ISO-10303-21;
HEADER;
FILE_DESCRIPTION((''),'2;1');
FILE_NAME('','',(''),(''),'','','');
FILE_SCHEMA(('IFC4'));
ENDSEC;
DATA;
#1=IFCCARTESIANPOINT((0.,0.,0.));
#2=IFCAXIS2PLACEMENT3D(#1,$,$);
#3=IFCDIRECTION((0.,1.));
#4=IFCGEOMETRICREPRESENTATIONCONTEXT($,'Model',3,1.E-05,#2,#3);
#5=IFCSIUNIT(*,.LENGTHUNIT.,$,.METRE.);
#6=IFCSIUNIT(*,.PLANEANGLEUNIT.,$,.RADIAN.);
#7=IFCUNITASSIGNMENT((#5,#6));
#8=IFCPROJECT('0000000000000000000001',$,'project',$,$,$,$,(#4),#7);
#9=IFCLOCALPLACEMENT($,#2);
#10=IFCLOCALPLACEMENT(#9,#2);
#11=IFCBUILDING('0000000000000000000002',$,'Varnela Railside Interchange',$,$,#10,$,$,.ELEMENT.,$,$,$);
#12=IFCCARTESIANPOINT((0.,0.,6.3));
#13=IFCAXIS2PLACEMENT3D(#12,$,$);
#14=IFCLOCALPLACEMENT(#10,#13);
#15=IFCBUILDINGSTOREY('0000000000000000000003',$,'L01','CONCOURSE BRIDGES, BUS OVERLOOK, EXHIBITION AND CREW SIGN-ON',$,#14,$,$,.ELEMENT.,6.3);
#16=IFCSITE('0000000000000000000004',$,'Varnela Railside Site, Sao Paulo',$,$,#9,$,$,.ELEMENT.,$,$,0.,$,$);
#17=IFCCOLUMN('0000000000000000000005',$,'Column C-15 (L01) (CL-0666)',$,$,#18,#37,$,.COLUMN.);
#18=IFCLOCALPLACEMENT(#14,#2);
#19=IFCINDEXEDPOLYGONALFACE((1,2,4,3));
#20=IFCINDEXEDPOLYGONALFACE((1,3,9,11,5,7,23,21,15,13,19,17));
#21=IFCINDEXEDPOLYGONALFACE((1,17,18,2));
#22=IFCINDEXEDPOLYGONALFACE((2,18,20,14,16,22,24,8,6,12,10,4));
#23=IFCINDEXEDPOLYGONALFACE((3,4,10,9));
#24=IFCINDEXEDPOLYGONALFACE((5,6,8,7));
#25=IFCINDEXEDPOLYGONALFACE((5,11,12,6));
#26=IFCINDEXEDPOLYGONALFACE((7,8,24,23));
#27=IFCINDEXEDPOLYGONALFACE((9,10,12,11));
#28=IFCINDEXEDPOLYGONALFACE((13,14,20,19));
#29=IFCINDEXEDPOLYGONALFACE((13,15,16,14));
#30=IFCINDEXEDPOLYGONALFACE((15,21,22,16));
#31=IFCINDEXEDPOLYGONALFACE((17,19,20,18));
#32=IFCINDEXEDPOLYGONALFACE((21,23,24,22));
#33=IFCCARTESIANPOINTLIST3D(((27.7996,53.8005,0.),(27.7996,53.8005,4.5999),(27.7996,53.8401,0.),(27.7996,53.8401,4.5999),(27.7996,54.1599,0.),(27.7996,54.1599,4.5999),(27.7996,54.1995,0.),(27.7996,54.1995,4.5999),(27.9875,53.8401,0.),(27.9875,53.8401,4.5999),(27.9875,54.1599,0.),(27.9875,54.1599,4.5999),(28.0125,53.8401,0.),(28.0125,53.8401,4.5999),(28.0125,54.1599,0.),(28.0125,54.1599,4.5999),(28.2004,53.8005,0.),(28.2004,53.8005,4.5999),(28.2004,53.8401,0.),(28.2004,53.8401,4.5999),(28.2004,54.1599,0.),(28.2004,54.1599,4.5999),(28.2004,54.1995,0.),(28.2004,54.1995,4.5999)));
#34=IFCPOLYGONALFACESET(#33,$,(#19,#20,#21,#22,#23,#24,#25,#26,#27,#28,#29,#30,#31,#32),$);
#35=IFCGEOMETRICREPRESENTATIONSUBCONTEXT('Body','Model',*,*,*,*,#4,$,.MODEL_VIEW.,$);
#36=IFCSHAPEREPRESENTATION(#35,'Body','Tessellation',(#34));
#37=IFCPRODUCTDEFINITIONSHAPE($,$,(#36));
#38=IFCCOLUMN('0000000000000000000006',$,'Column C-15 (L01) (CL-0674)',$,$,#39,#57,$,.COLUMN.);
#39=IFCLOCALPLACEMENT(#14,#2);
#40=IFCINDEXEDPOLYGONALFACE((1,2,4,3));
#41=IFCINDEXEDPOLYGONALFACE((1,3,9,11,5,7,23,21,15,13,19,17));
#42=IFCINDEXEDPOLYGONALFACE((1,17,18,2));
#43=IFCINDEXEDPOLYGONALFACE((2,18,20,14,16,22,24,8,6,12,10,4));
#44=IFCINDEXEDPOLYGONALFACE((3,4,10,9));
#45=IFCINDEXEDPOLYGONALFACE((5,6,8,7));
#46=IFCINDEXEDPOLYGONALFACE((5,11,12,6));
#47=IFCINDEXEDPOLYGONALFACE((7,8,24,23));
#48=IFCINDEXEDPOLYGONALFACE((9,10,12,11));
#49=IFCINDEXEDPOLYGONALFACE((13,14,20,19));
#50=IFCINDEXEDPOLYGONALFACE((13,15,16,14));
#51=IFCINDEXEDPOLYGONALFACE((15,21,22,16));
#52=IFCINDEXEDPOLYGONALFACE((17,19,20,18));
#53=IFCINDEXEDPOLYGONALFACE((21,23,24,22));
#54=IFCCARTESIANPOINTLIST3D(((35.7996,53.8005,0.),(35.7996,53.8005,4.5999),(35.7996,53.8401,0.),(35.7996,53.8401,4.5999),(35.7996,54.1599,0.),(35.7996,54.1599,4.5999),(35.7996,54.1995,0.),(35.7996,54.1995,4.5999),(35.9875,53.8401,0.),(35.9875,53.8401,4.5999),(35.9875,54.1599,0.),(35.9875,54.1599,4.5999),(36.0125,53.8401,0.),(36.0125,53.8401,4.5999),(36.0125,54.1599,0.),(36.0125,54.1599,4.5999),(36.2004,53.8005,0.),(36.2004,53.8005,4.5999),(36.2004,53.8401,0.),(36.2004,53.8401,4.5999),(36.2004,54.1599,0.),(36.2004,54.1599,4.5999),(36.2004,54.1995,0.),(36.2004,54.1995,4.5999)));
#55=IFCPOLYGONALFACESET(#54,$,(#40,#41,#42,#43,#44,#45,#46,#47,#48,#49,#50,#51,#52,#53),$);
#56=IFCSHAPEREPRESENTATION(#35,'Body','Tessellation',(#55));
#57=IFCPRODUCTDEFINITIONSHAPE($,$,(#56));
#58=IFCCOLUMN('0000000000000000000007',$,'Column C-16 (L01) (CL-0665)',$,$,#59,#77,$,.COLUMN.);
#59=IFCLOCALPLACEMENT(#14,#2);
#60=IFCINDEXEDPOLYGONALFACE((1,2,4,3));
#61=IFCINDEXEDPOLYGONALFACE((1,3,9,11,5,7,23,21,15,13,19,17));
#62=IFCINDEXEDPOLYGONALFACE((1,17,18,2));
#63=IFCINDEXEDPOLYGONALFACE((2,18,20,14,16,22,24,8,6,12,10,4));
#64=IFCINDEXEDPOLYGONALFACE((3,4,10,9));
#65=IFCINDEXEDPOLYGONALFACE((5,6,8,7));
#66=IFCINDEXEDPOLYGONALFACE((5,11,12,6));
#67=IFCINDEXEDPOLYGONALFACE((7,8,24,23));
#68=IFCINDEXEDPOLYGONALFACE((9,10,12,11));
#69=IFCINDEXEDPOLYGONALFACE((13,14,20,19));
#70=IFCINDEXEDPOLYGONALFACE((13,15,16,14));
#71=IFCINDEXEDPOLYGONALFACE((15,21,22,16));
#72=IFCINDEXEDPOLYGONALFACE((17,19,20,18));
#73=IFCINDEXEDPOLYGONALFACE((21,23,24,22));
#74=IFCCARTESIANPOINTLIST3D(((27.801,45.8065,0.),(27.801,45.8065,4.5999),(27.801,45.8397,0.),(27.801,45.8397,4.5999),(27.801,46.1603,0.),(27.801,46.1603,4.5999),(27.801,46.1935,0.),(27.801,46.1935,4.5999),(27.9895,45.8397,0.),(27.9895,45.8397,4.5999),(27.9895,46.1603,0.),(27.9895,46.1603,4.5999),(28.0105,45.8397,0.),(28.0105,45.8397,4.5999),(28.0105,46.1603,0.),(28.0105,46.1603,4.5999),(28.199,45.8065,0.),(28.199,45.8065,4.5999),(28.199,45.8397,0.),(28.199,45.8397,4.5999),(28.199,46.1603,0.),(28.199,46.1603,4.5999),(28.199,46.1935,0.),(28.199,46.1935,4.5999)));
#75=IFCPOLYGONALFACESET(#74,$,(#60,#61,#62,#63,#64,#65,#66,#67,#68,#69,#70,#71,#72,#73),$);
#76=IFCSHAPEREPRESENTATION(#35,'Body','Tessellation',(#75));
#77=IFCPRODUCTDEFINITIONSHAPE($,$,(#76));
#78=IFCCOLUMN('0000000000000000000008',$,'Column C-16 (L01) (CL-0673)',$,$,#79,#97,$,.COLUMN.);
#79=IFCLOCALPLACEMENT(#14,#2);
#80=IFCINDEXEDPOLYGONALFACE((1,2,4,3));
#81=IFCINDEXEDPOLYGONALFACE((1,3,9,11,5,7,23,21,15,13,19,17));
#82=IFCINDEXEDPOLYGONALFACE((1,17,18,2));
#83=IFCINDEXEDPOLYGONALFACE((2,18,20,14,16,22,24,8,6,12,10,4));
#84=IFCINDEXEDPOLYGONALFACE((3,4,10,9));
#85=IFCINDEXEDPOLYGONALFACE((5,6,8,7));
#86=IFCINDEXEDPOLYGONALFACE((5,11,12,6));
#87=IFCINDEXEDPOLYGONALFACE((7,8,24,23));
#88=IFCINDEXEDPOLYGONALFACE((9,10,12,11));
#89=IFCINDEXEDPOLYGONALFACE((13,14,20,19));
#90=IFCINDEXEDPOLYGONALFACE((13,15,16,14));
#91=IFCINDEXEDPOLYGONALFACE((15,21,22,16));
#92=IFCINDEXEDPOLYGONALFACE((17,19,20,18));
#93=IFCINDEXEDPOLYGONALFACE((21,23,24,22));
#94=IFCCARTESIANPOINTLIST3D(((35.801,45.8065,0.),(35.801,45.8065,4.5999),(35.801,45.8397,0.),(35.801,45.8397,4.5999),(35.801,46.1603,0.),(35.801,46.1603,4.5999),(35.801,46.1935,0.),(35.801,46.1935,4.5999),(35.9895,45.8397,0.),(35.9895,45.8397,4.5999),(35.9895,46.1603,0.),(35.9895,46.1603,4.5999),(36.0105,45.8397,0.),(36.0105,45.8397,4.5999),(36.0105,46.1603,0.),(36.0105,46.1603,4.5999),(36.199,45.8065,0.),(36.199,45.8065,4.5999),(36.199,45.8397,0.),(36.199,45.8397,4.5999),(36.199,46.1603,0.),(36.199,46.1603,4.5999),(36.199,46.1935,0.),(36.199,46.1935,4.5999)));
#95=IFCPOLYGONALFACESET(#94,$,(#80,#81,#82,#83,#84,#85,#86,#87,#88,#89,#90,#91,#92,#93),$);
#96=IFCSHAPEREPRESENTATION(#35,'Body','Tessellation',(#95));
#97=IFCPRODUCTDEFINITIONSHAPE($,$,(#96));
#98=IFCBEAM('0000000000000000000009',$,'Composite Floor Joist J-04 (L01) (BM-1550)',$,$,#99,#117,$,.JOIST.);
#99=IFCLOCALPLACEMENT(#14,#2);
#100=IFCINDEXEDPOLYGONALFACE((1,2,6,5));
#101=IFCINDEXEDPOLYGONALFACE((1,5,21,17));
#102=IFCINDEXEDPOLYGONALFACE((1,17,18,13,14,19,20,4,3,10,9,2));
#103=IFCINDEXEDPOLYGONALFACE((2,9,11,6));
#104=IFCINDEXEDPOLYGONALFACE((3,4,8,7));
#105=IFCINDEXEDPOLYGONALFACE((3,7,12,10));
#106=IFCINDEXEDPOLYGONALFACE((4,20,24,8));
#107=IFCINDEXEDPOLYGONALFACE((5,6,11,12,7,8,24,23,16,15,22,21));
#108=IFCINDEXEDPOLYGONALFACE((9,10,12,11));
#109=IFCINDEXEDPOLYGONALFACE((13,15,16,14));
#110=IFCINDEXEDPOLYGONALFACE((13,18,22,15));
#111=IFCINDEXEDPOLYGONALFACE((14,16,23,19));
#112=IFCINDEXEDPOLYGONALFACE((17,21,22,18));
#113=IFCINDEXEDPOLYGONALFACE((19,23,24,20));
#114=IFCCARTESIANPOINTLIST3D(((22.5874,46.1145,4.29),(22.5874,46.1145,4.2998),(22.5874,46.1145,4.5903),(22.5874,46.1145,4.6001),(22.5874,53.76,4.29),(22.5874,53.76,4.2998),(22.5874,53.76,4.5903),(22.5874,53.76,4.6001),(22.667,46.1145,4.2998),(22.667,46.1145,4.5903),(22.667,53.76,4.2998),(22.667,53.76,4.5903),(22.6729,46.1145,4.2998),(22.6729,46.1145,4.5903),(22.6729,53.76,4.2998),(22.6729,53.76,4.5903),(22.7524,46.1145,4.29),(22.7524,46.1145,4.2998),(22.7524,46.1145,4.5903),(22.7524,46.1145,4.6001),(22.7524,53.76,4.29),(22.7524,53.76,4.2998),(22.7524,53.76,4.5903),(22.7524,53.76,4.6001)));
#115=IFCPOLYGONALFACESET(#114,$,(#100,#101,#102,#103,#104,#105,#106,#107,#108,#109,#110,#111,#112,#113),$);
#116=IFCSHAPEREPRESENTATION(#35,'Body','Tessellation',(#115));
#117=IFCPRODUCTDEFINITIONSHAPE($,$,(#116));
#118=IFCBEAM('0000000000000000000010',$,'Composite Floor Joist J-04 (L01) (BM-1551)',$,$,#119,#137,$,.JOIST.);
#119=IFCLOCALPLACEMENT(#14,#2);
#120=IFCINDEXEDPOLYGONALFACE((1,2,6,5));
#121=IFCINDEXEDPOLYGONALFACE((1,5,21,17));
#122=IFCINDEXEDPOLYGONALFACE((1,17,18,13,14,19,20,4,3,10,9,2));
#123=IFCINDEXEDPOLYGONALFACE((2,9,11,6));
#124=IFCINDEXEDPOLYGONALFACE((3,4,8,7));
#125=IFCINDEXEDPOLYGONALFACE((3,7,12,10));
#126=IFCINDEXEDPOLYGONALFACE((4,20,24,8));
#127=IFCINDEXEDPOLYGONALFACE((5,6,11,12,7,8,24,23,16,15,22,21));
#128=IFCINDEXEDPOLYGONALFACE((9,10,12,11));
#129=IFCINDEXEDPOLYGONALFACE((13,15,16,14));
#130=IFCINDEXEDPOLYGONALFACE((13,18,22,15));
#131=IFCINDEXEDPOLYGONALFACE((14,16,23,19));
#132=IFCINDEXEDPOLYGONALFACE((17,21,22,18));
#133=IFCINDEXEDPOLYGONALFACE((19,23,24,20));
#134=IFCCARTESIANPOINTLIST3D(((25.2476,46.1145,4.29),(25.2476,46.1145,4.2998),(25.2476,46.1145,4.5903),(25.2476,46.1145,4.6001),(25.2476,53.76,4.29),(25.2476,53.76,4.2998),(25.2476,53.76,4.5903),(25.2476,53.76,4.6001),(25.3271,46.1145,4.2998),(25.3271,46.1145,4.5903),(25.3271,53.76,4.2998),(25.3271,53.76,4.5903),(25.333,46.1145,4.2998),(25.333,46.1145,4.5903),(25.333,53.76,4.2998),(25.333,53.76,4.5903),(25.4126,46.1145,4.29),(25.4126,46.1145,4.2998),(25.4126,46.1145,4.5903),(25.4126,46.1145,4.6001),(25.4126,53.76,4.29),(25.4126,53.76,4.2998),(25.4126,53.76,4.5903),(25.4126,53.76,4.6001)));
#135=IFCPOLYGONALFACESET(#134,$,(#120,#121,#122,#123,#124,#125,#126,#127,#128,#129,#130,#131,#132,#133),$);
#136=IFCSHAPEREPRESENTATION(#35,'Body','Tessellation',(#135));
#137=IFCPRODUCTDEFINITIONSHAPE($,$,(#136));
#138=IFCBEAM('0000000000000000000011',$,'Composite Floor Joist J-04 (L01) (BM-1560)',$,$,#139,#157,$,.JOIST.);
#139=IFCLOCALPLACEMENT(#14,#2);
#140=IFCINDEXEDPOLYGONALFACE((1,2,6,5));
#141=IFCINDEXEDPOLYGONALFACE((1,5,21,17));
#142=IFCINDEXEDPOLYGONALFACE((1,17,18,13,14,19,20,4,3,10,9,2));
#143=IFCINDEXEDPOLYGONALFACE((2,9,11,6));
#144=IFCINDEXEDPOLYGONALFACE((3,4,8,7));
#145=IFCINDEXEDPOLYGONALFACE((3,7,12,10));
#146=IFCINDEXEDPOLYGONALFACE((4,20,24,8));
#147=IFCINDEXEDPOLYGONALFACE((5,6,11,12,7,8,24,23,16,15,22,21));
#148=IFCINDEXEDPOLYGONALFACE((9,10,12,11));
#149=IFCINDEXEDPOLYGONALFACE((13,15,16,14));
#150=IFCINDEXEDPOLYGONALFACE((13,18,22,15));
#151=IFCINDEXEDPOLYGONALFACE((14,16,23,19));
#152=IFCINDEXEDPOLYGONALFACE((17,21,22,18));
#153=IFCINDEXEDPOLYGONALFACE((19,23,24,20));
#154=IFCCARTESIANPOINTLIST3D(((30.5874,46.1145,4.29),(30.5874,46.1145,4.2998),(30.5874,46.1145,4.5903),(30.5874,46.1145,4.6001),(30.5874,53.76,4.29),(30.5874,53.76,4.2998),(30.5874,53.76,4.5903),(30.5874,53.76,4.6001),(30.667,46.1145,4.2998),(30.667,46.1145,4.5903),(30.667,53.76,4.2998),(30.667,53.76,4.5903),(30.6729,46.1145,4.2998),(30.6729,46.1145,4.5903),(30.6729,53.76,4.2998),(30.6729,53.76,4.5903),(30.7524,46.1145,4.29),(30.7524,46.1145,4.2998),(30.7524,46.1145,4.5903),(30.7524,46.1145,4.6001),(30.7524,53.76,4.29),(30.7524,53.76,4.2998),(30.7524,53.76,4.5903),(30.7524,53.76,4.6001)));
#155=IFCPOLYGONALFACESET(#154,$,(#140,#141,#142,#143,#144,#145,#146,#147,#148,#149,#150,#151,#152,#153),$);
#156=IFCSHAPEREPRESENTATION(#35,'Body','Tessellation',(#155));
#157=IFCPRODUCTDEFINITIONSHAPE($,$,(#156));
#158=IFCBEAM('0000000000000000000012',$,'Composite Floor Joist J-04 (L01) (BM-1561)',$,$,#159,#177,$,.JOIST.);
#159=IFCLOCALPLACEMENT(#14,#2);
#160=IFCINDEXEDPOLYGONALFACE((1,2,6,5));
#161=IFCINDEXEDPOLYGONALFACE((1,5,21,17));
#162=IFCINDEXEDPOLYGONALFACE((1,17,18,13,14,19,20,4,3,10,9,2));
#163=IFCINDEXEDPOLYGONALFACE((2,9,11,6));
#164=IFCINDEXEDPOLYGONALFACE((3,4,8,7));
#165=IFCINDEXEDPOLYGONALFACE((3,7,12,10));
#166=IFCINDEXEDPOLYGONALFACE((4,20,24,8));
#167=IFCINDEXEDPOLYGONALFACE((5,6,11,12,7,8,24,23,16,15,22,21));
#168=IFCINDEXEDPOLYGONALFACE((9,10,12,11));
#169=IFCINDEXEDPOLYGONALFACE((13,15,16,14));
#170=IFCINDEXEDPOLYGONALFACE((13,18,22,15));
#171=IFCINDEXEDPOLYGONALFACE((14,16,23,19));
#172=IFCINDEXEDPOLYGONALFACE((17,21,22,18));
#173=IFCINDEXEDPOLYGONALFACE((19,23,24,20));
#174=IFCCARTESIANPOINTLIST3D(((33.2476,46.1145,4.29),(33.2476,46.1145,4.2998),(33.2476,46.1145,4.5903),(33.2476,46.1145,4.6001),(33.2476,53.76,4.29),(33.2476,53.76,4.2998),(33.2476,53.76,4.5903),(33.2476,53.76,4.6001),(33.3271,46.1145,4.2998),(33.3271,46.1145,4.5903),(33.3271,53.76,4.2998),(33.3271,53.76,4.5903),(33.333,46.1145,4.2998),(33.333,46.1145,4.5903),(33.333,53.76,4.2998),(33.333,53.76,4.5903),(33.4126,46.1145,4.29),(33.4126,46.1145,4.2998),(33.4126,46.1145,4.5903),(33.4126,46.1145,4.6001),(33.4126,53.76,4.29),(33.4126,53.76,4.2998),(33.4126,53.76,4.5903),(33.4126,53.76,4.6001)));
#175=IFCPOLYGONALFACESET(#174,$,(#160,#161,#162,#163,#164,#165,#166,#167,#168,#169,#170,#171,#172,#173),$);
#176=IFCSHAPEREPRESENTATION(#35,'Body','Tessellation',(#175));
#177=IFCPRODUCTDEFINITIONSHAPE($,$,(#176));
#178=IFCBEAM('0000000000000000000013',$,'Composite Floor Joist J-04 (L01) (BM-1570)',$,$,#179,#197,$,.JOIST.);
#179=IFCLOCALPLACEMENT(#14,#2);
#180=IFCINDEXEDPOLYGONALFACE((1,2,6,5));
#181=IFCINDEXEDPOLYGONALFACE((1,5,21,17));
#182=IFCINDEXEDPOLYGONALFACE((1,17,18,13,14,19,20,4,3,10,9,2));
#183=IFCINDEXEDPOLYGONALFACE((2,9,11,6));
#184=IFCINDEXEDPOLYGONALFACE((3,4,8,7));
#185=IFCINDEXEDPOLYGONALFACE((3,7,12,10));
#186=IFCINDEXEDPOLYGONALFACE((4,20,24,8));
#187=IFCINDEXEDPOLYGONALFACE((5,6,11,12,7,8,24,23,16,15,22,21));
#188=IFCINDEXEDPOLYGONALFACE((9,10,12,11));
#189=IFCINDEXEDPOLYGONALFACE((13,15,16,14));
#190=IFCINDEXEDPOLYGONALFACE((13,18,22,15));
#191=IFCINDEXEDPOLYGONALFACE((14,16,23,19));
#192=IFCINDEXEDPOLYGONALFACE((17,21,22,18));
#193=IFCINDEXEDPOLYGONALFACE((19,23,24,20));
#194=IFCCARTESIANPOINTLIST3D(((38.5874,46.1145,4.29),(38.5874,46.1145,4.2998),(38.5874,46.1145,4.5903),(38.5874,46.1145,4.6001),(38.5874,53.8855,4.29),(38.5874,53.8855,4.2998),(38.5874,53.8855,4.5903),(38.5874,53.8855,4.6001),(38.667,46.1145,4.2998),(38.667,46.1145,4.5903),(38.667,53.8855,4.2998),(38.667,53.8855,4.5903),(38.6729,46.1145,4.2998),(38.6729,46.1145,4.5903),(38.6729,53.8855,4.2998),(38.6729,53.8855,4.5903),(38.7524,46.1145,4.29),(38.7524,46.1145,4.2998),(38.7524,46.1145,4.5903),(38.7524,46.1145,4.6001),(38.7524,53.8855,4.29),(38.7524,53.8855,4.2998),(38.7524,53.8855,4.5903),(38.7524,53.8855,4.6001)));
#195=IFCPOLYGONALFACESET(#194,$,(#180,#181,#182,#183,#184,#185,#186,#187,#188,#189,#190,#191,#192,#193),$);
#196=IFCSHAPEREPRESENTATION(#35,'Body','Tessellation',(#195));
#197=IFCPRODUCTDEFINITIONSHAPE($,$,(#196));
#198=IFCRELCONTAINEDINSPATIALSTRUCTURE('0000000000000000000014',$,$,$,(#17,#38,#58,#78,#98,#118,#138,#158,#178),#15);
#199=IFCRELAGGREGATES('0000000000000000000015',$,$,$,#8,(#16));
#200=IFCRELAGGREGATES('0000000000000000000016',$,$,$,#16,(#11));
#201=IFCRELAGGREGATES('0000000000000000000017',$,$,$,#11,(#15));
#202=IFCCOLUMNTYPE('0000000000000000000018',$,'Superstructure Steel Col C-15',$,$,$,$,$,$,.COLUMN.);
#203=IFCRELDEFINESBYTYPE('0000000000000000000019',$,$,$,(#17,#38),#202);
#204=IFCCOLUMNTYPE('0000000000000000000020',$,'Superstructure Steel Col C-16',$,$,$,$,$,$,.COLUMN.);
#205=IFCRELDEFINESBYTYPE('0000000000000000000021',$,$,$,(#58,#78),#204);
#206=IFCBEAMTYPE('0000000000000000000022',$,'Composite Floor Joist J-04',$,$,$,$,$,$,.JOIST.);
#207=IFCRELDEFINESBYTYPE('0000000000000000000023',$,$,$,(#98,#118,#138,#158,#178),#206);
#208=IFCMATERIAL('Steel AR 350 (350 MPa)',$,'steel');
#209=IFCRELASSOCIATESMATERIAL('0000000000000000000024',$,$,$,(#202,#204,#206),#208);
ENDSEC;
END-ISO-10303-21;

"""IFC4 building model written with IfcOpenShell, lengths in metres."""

from ifc_helpers import new_model, si_unit, direction, frame, origin, origin_2d, place, context, subcontext, project, spatial, i_section, extrude, material, material_profile, profile_set, type_object, element, save


model = new_model("IFC4")

# Units and contexts
model_context = context("Model", 3, precision=1e-05, world=origin(), true_north=direction((0.0, 1.0)))
body_context = subcontext(model_context, "Body", "Model", "MODEL_VIEW")
ifc_project = project(units=[si_unit("LENGTHUNIT", "METRE"), si_unit("PLANEANGLEUNIT", "RADIAN")], contexts=[model_context])

# Site, building, storey
site_placement = place(None, origin())
site = spatial("IfcSite", under=ifc_project, at=site_placement, Name="Varnela Railside Site, Sao Paulo", CompositionType="ELEMENT", RefElevation=0.0)
building_placement = place(site_placement, origin())
building = spatial("IfcBuilding", under=site, at=building_placement, Name="Varnela Railside Interchange", CompositionType="ELEMENT")
storey_placement = place(building_placement, frame((0.0, 0.0, 6.3)))
storey = spatial("IfcBuildingStorey", under=building, at=storey_placement, Name="L01", Description="CONCOURSE BRIDGES, BUS OVERLOOK, EXHIBITION AND CREW SIGN-ON", CompositionType="ELEMENT", Elevation=6.3)

# Columns
ifc_material_1 = material(Name="Steel AR 350 (350 MPa)", Category="steel")
ifc_material_profile_1 = material_profile(ifc_material_1, i_section(OverallWidth=0.4009, OverallDepth=0.3989, WebThickness=0.0249, FlangeThickness=0.0396, at=origin_2d()), Name="W360x314")
ifc_profile_set_1 = profile_set([ifc_material_profile_1], Name="Steel AR 350 (350 MPa)")
column_type_1 = type_object("IfcColumnType", Name="Superstructure Steel Col C-15", PredefinedType="COLUMN", material=ifc_profile_set_1)
for number, where, z_axis, x_axis, name in (
    (1, (28.0, 54.0, 0.0), (0.0, 0.0, 1.0), (1.0, 0.0, 0.0), "Column C-15 (L01) (CL-0666)"),
    (2, (36.0, 54.0, 0.0), (0.0, 0.0, 1.0), (1.0, 0.0, 0.0), "Column C-15 (L01) (CL-0674)"),
):
    element("IfcColumn", number, at=place(storey_placement, frame(where, z_axis=z_axis, x_axis=x_axis)), inside=storey, type_object=column_type_1, Name=name, PredefinedType="COLUMN", context=body_context, shape_type="SweptSolid", body=[
        extrude(i_section(OverallWidth=0.4009, OverallDepth=0.3989, WebThickness=0.0249, FlangeThickness=0.0396, at=origin_2d()), origin(), (0.0, 0.0, 1.0), 4.5999),
    ])
ifc_material_profile_2 = material_profile(ifc_material_1, i_section(OverallWidth=0.3979, OverallDepth=0.387, WebThickness=0.021, FlangeThickness=0.0332, at=origin_2d()), Name="W360x262")
ifc_profile_set_2 = profile_set([ifc_material_profile_2], Name="Steel AR 350 (350 MPa)")
column_type_2 = type_object("IfcColumnType", Name="Superstructure Steel Col C-16", PredefinedType="COLUMN", material=ifc_profile_set_2)
for number, where, z_axis, x_axis, name in (
    (3, (28.0, 46.0, 0.0), (0.0, 0.0, 1.0), (1.0, 0.0, 0.0), "Column C-16 (L01) (CL-0665)"),
    (4, (36.0, 46.0, 0.0), (0.0, 0.0, 1.0), (1.0, 0.0, 0.0), "Column C-16 (L01) (CL-0673)"),
):
    element("IfcColumn", number, at=place(storey_placement, frame(where, z_axis=z_axis, x_axis=x_axis)), inside=storey, type_object=column_type_2, Name=name, PredefinedType="COLUMN", context=body_context, shape_type="SweptSolid", body=[
        extrude(i_section(OverallWidth=0.3979, OverallDepth=0.387, WebThickness=0.021, FlangeThickness=0.0332, at=origin_2d()), origin(), (0.0, 0.0, 1.0), 4.5999),
    ])

# Beams
ifc_material_profile_3 = material_profile(ifc_material_1, i_section(OverallWidth=0.165, OverallDepth=0.3101, WebThickness=0.0059, FlangeThickness=0.0098, at=origin_2d()), Name="W310x38.7")
ifc_profile_set_3 = profile_set([ifc_material_profile_3], Name="Steel AR 350 (350 MPa)")
beam_type_1 = type_object("IfcBeamType", Name="Composite Floor Joist J-04", PredefinedType="JOIST", material=ifc_profile_set_3)
for number, where, z_axis, x_axis, name in (
    (5, (22.6699, 46.1145, 4.4451), (0.0, 1.0, 0.0), (-1.0, 0.0, 0.0), "Composite Floor Joist J-04 (L01) (BM-1550)"),
    (6, (25.3301, 46.1145, 4.4451), (0.0, 1.0, 0.0), (-1.0, 0.0, 0.0), "Composite Floor Joist J-04 (L01) (BM-1551)"),
    (7, (30.6699, 46.1145, 4.4451), (0.0, 1.0, 0.0), (-1.0, 0.0, 0.0), "Composite Floor Joist J-04 (L01) (BM-1560)"),
    (8, (33.3301, 46.1145, 4.4451), (0.0, 1.0, 0.0), (-1.0, 0.0, 0.0), "Composite Floor Joist J-04 (L01) (BM-1561)"),
):
    element("IfcBeam", number, at=place(storey_placement, frame(where, z_axis=z_axis, x_axis=x_axis)), inside=storey, type_object=beam_type_1, Name=name, PredefinedType="JOIST", context=body_context, shape_type="SweptSolid", body=[
        extrude(i_section(OverallWidth=0.165, OverallDepth=0.3101, WebThickness=0.0059, FlangeThickness=0.0098, at=origin_2d()), origin(), (0.0, 0.0, 1.0), 7.6455),
    ])
for number, where, z_axis, x_axis, name in (
    (9, (38.6699, 46.1145, 4.4451), (0.0, 1.0, 0.0), (-1.0, 0.0, 0.0), "Composite Floor Joist J-04 (L01) (BM-1570)"),
):
    element("IfcBeam", number, at=place(storey_placement, frame(where, z_axis=z_axis, x_axis=x_axis)), inside=storey, type_object=beam_type_1, Name=name, PredefinedType="JOIST", context=body_context, shape_type="SweptSolid", body=[
        extrude(i_section(OverallWidth=0.165, OverallDepth=0.3101, WebThickness=0.0059, FlangeThickness=0.0098, at=origin_2d()), origin(), (0.0, 0.0, 1.0), 7.771),
    ])

save(model, "model.ifc")
